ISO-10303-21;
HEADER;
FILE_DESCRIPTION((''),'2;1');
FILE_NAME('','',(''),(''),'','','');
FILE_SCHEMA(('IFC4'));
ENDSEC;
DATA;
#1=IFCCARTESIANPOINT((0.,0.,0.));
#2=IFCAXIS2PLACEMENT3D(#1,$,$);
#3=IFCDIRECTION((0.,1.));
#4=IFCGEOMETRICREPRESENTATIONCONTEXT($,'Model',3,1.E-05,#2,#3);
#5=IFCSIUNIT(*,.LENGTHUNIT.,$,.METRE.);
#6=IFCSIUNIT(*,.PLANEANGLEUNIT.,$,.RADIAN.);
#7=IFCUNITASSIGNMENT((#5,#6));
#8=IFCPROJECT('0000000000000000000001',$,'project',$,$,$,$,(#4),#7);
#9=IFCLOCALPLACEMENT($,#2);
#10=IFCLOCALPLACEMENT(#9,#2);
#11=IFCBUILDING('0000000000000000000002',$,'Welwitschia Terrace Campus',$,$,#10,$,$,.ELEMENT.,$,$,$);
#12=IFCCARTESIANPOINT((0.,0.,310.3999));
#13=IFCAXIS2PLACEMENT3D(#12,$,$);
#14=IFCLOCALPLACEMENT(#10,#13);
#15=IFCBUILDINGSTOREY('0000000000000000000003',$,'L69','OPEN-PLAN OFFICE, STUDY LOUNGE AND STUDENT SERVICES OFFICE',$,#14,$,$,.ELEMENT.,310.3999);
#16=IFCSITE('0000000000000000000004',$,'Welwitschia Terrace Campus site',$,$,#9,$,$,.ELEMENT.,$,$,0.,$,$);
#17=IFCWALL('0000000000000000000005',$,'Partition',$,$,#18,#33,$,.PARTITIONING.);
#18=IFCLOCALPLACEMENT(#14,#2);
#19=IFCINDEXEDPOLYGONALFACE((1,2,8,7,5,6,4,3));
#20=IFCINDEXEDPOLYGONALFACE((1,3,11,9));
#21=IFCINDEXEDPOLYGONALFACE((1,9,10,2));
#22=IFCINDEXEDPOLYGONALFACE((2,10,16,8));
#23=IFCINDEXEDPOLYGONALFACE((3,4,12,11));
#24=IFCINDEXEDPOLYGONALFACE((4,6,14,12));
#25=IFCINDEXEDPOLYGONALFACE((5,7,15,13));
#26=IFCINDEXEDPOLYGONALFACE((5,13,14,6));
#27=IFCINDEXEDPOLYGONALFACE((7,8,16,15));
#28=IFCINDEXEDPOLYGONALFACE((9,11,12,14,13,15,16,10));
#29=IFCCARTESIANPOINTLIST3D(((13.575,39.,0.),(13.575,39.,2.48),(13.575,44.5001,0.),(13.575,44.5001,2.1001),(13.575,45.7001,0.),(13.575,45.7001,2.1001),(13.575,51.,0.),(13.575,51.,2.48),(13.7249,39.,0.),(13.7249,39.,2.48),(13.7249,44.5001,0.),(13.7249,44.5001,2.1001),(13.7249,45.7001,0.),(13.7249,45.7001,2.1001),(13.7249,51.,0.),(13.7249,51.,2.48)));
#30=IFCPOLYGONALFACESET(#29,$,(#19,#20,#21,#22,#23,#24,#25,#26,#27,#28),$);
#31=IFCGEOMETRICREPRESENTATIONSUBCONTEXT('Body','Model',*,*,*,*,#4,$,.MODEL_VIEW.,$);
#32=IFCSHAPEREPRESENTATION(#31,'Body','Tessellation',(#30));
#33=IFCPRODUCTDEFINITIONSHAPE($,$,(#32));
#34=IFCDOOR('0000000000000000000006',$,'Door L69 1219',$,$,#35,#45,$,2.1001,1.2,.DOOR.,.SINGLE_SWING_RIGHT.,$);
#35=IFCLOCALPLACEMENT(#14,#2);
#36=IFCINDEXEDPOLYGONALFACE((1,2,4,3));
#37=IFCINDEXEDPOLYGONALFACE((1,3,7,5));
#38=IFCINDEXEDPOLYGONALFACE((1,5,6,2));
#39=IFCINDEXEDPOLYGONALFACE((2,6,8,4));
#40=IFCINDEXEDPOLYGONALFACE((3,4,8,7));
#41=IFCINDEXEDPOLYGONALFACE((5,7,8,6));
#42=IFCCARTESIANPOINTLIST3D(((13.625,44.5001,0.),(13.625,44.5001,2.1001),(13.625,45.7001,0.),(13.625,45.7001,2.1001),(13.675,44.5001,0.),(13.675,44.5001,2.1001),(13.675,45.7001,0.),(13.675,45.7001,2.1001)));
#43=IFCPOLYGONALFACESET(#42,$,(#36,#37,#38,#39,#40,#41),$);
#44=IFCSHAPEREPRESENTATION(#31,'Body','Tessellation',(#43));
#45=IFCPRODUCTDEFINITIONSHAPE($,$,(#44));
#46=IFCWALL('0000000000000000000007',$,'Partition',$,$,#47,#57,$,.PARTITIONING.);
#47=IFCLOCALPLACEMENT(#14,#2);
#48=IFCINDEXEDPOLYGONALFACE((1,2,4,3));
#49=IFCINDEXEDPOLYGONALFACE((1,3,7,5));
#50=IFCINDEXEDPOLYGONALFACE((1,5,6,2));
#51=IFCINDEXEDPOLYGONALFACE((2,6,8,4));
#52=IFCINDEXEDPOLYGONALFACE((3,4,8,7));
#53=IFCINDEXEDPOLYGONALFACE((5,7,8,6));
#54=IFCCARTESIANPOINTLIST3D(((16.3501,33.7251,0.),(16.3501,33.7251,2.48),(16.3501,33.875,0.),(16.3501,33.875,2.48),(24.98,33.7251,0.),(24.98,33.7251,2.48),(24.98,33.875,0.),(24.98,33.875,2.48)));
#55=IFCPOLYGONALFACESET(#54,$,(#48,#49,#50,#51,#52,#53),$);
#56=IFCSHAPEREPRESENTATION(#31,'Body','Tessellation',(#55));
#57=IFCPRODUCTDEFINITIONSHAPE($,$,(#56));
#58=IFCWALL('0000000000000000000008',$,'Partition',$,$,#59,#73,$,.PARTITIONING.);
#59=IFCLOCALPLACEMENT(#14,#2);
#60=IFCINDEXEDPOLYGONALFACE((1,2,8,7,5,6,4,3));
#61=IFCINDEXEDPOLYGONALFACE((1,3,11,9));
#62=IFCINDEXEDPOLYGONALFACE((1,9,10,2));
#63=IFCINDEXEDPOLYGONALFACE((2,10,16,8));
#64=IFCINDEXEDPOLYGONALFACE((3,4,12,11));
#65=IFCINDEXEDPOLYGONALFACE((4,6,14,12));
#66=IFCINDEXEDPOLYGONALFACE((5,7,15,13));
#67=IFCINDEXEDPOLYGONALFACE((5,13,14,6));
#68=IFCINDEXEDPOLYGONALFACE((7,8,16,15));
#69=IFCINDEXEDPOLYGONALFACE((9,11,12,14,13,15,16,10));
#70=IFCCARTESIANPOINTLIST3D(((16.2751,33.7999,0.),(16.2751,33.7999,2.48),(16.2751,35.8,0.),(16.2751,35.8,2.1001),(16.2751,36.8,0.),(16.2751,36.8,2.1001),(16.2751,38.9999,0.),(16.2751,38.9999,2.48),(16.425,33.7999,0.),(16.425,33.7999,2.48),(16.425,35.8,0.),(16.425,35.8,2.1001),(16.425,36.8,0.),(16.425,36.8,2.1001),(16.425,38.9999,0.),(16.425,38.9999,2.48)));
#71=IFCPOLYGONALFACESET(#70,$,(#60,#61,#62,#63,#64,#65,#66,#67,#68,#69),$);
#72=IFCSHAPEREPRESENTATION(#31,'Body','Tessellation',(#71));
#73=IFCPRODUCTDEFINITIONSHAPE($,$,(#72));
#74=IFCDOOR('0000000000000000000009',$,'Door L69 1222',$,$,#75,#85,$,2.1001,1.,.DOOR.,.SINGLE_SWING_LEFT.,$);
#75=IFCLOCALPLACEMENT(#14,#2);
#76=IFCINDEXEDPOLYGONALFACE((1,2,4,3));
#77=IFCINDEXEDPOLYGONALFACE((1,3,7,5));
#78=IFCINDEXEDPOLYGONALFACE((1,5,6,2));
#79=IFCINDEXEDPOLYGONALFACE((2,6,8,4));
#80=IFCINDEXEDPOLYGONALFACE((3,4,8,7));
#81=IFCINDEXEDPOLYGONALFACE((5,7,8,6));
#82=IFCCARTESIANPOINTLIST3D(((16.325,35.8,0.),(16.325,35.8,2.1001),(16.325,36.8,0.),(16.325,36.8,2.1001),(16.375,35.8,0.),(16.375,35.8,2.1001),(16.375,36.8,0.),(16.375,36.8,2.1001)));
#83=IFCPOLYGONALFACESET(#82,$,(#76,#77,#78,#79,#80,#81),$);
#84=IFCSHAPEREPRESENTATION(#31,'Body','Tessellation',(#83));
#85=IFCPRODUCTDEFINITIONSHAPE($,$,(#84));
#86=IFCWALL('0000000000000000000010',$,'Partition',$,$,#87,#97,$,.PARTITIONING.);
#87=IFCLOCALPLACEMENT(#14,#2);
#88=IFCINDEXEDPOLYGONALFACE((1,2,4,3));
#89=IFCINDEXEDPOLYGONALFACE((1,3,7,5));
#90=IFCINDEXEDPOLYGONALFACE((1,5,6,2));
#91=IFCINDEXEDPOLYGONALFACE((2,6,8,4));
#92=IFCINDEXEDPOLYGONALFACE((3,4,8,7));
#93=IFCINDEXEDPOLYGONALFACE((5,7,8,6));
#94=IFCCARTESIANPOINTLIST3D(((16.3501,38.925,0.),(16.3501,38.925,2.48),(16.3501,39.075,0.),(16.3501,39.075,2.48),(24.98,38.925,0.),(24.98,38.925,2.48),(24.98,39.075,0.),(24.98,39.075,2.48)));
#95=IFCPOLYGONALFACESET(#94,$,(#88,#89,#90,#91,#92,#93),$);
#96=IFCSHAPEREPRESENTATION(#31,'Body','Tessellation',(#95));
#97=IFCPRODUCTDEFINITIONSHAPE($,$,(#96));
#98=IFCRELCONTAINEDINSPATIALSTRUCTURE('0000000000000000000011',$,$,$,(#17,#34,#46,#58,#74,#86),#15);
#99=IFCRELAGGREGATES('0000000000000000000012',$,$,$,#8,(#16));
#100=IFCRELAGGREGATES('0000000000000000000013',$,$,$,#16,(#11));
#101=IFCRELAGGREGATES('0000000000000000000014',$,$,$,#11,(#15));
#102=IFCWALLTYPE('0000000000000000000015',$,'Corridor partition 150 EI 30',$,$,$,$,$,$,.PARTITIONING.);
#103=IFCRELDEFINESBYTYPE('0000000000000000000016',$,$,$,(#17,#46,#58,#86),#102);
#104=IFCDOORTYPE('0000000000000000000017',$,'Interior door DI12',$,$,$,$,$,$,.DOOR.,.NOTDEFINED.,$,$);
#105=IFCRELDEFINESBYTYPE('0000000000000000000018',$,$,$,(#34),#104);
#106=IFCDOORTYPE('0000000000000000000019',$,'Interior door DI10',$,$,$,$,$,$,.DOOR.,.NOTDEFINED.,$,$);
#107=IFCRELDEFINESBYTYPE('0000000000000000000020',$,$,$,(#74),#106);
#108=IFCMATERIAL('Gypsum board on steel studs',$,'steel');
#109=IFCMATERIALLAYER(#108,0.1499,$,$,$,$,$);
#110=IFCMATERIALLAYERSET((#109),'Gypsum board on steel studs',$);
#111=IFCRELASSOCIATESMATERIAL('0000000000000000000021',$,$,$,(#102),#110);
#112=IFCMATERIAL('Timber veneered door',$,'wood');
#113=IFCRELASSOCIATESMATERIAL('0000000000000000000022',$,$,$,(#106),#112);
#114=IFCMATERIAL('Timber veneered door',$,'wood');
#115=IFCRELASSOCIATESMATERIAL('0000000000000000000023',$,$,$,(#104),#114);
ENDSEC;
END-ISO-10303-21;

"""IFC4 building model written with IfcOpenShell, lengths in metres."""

from ifc_helpers import new_model, si_unit, direction, frame, frame_2d, origin, place, context, subcontext, project, spatial, rectangle, extrude, material, layer, layer_set, type_object, element, fill, save


model = new_model("IFC4")

# Units and contexts
model_context = context("Model", 3, precision=1e-05, world=origin(), true_north=direction((0.0, 1.0)))
body_context = subcontext(model_context, "Body", "Model", "MODEL_VIEW")
ifc_project = project(units=[si_unit("LENGTHUNIT", "METRE"), si_unit("PLANEANGLEUNIT", "RADIAN")], contexts=[model_context])

# Site, building, storey
site_placement = place(None, origin())
site = spatial("IfcSite", under=ifc_project, at=site_placement, Name="Welwitschia Terrace Campus site", CompositionType="ELEMENT", RefElevation=0.0)
building_placement = place(site_placement, origin())
building = spatial("IfcBuilding", under=site, at=building_placement, Name="Welwitschia Terrace Campus", CompositionType="ELEMENT")
storey_placement = place(building_placement, frame((0.0, 0.0, 310.3999)))
storey = spatial("IfcBuildingStorey", under=building, at=storey_placement, Name="L69", Description="OPEN-PLAN OFFICE, STUDY LOUNGE AND STUDENT SERVICES OFFICE", CompositionType="ELEMENT", Elevation=310.3999)

# Wall, opening, door
ifc_material_1 = material(Name="Gypsum board on steel studs", Category="steel")
ifc_layer_1 = layer(ifc_material_1, 0.1499)
ifc_layer_set_1 = layer_set([ifc_layer_1], Name="Gypsum board on steel studs")
wall_type = type_object("IfcWallType", Name="Corridor partition 150 EI 30", PredefinedType="PARTITIONING", material=ifc_layer_set_1)
ifc_material_2 = material(Name="Timber veneered door", Category="wood")
door_type_1 = type_object("IfcDoorType", Name="Interior door DI10", OperationType="NOTDEFINED", PredefinedType="DOOR", material=ifc_material_2)
wall_1_placement = place(storey_placement, frame((13.6499, 39.0, 0.0), z_axis=(0.0, 0.0, 1.0), x_axis=(0.0, 1.0, 0.0)))
wall_1 = element("IfcWall", 1, at=wall_1_placement, inside=storey, type_object=wall_type, Name="Partition", PredefinedType="PARTITIONING", context=body_context, shape_type="SweptSolid", body=[
    extrude(rectangle(XDim=12.0, YDim=0.1499, at=frame_2d((6.0, 0.0))), origin(), (0.0, 0.0, 1.0), 2.48),
])
opening_1_placement = place(wall_1_placement, frame((5.5, 0.0, 0.0)))
opening_1 = element("IfcOpeningElement", 2, at=opening_1_placement, cuts=wall_1, PredefinedType="OPENING", context=body_context, shape_type="SweptSolid", body=[
    extrude(rectangle(XDim=1.2, YDim=2.1001, at=frame_2d((0.6001, 1.05))), frame((0.0, 0.085, 0.0), z_axis=(0.0, -1.0, 0.0), x_axis=(1.0, 0.0, 0.0)), (0.0, 0.0, 1.0), 0.1699),
])
ifc_material_3 = material(Name="Timber veneered door", Category="wood")
door_type_2 = type_object("IfcDoorType", Name="Interior door DI12", OperationType="NOTDEFINED", PredefinedType="DOOR", material=ifc_material_3)
door_1_placement = place(opening_1_placement, origin())
door_1 = element("IfcDoor", 3, at=door_1_placement, inside=storey, type_object=door_type_2, Name="Door L69 1219", OperationType="SINGLE_SWING_RIGHT", OverallHeight=2.1001, OverallWidth=1.2, PredefinedType="DOOR", context=body_context, shape_type="SweptSolid", body=[
    extrude(rectangle(XDim=1.2, YDim=2.1001, at=frame_2d((0.6001, 1.05))), frame((0.0, 0.0249, 0.0), z_axis=(0.0, -1.0, 0.0), x_axis=(1.0, 0.0, 0.0)), (0.0, 0.0, 1.0), 0.05),
])
fill(opening_1, door_1)

# Wall
wall_2_placement = place(storey_placement, frame((16.3501, 33.8, 0.0), z_axis=(0.0, 0.0, 1.0), x_axis=(1.0, 0.0, 0.0)))
element("IfcWall", 4, at=wall_2_placement, inside=storey, type_object=wall_type, Name="Partition", PredefinedType="PARTITIONING", context=body_context, shape_type="SweptSolid", body=[
    extrude(rectangle(XDim=8.6299, YDim=0.1499, at=frame_2d((4.3149, 0.0))), origin(), (0.0, 0.0, 1.0), 2.48),
])

# Wall, opening, door
wall_3_placement = place(storey_placement, frame((16.3501, 39.0, 0.0), z_axis=(0.0, 0.0, 1.0), x_axis=(0.0, -1.0, 0.0)))
wall_3 = element("IfcWall", 5, at=wall_3_placement, inside=storey, type_object=wall_type, Name="Partition", PredefinedType="PARTITIONING", context=body_context, shape_type="SweptSolid", body=[
    extrude(rectangle(XDim=5.2, YDim=0.1499, at=frame_2d((2.6001, 0.0))), origin(), (0.0, 0.0, 1.0), 2.48),
])
opening_2_placement = place(wall_3_placement, frame((2.2, 0.0, 0.0)))
opening_2 = element("IfcOpeningElement", 6, at=opening_2_placement, cuts=wall_3, PredefinedType="OPENING", context=body_context, shape_type="SweptSolid", body=[
    extrude(rectangle(XDim=1.0, YDim=2.1001, at=frame_2d((0.5, 1.05))), frame((0.0, 0.085, 0.0), z_axis=(0.0, -1.0, 0.0), x_axis=(1.0, 0.0, 0.0)), (0.0, 0.0, 1.0), 0.1699),
])
door_2_placement = place(opening_2_placement, origin())
door_2 = element("IfcDoor", 7, at=door_2_placement, inside=storey, type_object=door_type_1, Name="Door L69 1222", OperationType="SINGLE_SWING_LEFT", OverallHeight=2.1001, OverallWidth=1.0, PredefinedType="DOOR", context=body_context, shape_type="SweptSolid", body=[
    extrude(rectangle(XDim=1.0, YDim=2.1001, at=frame_2d((0.5, 1.05))), frame((0.0, 0.0249, 0.0), z_axis=(0.0, -1.0, 0.0), x_axis=(1.0, 0.0, 0.0)), (0.0, 0.0, 1.0), 0.05),
])
fill(opening_2, door_2)

# Wall
wall_4_placement = place(storey_placement, frame((16.3501, 39.0, 0.0), z_axis=(0.0, 0.0, 1.0), x_axis=(1.0, 0.0, 0.0)))
element("IfcWall", 8, at=wall_4_placement, inside=storey, type_object=wall_type, Name="Partition", PredefinedType="PARTITIONING", context=body_context, shape_type="SweptSolid", body=[
    extrude(rectangle(XDim=8.6299, YDim=0.1499, at=frame_2d((4.3149, 0.0))), origin(), (0.0, 0.0, 1.0), 2.48),
])

save(model, "model.ifc")
